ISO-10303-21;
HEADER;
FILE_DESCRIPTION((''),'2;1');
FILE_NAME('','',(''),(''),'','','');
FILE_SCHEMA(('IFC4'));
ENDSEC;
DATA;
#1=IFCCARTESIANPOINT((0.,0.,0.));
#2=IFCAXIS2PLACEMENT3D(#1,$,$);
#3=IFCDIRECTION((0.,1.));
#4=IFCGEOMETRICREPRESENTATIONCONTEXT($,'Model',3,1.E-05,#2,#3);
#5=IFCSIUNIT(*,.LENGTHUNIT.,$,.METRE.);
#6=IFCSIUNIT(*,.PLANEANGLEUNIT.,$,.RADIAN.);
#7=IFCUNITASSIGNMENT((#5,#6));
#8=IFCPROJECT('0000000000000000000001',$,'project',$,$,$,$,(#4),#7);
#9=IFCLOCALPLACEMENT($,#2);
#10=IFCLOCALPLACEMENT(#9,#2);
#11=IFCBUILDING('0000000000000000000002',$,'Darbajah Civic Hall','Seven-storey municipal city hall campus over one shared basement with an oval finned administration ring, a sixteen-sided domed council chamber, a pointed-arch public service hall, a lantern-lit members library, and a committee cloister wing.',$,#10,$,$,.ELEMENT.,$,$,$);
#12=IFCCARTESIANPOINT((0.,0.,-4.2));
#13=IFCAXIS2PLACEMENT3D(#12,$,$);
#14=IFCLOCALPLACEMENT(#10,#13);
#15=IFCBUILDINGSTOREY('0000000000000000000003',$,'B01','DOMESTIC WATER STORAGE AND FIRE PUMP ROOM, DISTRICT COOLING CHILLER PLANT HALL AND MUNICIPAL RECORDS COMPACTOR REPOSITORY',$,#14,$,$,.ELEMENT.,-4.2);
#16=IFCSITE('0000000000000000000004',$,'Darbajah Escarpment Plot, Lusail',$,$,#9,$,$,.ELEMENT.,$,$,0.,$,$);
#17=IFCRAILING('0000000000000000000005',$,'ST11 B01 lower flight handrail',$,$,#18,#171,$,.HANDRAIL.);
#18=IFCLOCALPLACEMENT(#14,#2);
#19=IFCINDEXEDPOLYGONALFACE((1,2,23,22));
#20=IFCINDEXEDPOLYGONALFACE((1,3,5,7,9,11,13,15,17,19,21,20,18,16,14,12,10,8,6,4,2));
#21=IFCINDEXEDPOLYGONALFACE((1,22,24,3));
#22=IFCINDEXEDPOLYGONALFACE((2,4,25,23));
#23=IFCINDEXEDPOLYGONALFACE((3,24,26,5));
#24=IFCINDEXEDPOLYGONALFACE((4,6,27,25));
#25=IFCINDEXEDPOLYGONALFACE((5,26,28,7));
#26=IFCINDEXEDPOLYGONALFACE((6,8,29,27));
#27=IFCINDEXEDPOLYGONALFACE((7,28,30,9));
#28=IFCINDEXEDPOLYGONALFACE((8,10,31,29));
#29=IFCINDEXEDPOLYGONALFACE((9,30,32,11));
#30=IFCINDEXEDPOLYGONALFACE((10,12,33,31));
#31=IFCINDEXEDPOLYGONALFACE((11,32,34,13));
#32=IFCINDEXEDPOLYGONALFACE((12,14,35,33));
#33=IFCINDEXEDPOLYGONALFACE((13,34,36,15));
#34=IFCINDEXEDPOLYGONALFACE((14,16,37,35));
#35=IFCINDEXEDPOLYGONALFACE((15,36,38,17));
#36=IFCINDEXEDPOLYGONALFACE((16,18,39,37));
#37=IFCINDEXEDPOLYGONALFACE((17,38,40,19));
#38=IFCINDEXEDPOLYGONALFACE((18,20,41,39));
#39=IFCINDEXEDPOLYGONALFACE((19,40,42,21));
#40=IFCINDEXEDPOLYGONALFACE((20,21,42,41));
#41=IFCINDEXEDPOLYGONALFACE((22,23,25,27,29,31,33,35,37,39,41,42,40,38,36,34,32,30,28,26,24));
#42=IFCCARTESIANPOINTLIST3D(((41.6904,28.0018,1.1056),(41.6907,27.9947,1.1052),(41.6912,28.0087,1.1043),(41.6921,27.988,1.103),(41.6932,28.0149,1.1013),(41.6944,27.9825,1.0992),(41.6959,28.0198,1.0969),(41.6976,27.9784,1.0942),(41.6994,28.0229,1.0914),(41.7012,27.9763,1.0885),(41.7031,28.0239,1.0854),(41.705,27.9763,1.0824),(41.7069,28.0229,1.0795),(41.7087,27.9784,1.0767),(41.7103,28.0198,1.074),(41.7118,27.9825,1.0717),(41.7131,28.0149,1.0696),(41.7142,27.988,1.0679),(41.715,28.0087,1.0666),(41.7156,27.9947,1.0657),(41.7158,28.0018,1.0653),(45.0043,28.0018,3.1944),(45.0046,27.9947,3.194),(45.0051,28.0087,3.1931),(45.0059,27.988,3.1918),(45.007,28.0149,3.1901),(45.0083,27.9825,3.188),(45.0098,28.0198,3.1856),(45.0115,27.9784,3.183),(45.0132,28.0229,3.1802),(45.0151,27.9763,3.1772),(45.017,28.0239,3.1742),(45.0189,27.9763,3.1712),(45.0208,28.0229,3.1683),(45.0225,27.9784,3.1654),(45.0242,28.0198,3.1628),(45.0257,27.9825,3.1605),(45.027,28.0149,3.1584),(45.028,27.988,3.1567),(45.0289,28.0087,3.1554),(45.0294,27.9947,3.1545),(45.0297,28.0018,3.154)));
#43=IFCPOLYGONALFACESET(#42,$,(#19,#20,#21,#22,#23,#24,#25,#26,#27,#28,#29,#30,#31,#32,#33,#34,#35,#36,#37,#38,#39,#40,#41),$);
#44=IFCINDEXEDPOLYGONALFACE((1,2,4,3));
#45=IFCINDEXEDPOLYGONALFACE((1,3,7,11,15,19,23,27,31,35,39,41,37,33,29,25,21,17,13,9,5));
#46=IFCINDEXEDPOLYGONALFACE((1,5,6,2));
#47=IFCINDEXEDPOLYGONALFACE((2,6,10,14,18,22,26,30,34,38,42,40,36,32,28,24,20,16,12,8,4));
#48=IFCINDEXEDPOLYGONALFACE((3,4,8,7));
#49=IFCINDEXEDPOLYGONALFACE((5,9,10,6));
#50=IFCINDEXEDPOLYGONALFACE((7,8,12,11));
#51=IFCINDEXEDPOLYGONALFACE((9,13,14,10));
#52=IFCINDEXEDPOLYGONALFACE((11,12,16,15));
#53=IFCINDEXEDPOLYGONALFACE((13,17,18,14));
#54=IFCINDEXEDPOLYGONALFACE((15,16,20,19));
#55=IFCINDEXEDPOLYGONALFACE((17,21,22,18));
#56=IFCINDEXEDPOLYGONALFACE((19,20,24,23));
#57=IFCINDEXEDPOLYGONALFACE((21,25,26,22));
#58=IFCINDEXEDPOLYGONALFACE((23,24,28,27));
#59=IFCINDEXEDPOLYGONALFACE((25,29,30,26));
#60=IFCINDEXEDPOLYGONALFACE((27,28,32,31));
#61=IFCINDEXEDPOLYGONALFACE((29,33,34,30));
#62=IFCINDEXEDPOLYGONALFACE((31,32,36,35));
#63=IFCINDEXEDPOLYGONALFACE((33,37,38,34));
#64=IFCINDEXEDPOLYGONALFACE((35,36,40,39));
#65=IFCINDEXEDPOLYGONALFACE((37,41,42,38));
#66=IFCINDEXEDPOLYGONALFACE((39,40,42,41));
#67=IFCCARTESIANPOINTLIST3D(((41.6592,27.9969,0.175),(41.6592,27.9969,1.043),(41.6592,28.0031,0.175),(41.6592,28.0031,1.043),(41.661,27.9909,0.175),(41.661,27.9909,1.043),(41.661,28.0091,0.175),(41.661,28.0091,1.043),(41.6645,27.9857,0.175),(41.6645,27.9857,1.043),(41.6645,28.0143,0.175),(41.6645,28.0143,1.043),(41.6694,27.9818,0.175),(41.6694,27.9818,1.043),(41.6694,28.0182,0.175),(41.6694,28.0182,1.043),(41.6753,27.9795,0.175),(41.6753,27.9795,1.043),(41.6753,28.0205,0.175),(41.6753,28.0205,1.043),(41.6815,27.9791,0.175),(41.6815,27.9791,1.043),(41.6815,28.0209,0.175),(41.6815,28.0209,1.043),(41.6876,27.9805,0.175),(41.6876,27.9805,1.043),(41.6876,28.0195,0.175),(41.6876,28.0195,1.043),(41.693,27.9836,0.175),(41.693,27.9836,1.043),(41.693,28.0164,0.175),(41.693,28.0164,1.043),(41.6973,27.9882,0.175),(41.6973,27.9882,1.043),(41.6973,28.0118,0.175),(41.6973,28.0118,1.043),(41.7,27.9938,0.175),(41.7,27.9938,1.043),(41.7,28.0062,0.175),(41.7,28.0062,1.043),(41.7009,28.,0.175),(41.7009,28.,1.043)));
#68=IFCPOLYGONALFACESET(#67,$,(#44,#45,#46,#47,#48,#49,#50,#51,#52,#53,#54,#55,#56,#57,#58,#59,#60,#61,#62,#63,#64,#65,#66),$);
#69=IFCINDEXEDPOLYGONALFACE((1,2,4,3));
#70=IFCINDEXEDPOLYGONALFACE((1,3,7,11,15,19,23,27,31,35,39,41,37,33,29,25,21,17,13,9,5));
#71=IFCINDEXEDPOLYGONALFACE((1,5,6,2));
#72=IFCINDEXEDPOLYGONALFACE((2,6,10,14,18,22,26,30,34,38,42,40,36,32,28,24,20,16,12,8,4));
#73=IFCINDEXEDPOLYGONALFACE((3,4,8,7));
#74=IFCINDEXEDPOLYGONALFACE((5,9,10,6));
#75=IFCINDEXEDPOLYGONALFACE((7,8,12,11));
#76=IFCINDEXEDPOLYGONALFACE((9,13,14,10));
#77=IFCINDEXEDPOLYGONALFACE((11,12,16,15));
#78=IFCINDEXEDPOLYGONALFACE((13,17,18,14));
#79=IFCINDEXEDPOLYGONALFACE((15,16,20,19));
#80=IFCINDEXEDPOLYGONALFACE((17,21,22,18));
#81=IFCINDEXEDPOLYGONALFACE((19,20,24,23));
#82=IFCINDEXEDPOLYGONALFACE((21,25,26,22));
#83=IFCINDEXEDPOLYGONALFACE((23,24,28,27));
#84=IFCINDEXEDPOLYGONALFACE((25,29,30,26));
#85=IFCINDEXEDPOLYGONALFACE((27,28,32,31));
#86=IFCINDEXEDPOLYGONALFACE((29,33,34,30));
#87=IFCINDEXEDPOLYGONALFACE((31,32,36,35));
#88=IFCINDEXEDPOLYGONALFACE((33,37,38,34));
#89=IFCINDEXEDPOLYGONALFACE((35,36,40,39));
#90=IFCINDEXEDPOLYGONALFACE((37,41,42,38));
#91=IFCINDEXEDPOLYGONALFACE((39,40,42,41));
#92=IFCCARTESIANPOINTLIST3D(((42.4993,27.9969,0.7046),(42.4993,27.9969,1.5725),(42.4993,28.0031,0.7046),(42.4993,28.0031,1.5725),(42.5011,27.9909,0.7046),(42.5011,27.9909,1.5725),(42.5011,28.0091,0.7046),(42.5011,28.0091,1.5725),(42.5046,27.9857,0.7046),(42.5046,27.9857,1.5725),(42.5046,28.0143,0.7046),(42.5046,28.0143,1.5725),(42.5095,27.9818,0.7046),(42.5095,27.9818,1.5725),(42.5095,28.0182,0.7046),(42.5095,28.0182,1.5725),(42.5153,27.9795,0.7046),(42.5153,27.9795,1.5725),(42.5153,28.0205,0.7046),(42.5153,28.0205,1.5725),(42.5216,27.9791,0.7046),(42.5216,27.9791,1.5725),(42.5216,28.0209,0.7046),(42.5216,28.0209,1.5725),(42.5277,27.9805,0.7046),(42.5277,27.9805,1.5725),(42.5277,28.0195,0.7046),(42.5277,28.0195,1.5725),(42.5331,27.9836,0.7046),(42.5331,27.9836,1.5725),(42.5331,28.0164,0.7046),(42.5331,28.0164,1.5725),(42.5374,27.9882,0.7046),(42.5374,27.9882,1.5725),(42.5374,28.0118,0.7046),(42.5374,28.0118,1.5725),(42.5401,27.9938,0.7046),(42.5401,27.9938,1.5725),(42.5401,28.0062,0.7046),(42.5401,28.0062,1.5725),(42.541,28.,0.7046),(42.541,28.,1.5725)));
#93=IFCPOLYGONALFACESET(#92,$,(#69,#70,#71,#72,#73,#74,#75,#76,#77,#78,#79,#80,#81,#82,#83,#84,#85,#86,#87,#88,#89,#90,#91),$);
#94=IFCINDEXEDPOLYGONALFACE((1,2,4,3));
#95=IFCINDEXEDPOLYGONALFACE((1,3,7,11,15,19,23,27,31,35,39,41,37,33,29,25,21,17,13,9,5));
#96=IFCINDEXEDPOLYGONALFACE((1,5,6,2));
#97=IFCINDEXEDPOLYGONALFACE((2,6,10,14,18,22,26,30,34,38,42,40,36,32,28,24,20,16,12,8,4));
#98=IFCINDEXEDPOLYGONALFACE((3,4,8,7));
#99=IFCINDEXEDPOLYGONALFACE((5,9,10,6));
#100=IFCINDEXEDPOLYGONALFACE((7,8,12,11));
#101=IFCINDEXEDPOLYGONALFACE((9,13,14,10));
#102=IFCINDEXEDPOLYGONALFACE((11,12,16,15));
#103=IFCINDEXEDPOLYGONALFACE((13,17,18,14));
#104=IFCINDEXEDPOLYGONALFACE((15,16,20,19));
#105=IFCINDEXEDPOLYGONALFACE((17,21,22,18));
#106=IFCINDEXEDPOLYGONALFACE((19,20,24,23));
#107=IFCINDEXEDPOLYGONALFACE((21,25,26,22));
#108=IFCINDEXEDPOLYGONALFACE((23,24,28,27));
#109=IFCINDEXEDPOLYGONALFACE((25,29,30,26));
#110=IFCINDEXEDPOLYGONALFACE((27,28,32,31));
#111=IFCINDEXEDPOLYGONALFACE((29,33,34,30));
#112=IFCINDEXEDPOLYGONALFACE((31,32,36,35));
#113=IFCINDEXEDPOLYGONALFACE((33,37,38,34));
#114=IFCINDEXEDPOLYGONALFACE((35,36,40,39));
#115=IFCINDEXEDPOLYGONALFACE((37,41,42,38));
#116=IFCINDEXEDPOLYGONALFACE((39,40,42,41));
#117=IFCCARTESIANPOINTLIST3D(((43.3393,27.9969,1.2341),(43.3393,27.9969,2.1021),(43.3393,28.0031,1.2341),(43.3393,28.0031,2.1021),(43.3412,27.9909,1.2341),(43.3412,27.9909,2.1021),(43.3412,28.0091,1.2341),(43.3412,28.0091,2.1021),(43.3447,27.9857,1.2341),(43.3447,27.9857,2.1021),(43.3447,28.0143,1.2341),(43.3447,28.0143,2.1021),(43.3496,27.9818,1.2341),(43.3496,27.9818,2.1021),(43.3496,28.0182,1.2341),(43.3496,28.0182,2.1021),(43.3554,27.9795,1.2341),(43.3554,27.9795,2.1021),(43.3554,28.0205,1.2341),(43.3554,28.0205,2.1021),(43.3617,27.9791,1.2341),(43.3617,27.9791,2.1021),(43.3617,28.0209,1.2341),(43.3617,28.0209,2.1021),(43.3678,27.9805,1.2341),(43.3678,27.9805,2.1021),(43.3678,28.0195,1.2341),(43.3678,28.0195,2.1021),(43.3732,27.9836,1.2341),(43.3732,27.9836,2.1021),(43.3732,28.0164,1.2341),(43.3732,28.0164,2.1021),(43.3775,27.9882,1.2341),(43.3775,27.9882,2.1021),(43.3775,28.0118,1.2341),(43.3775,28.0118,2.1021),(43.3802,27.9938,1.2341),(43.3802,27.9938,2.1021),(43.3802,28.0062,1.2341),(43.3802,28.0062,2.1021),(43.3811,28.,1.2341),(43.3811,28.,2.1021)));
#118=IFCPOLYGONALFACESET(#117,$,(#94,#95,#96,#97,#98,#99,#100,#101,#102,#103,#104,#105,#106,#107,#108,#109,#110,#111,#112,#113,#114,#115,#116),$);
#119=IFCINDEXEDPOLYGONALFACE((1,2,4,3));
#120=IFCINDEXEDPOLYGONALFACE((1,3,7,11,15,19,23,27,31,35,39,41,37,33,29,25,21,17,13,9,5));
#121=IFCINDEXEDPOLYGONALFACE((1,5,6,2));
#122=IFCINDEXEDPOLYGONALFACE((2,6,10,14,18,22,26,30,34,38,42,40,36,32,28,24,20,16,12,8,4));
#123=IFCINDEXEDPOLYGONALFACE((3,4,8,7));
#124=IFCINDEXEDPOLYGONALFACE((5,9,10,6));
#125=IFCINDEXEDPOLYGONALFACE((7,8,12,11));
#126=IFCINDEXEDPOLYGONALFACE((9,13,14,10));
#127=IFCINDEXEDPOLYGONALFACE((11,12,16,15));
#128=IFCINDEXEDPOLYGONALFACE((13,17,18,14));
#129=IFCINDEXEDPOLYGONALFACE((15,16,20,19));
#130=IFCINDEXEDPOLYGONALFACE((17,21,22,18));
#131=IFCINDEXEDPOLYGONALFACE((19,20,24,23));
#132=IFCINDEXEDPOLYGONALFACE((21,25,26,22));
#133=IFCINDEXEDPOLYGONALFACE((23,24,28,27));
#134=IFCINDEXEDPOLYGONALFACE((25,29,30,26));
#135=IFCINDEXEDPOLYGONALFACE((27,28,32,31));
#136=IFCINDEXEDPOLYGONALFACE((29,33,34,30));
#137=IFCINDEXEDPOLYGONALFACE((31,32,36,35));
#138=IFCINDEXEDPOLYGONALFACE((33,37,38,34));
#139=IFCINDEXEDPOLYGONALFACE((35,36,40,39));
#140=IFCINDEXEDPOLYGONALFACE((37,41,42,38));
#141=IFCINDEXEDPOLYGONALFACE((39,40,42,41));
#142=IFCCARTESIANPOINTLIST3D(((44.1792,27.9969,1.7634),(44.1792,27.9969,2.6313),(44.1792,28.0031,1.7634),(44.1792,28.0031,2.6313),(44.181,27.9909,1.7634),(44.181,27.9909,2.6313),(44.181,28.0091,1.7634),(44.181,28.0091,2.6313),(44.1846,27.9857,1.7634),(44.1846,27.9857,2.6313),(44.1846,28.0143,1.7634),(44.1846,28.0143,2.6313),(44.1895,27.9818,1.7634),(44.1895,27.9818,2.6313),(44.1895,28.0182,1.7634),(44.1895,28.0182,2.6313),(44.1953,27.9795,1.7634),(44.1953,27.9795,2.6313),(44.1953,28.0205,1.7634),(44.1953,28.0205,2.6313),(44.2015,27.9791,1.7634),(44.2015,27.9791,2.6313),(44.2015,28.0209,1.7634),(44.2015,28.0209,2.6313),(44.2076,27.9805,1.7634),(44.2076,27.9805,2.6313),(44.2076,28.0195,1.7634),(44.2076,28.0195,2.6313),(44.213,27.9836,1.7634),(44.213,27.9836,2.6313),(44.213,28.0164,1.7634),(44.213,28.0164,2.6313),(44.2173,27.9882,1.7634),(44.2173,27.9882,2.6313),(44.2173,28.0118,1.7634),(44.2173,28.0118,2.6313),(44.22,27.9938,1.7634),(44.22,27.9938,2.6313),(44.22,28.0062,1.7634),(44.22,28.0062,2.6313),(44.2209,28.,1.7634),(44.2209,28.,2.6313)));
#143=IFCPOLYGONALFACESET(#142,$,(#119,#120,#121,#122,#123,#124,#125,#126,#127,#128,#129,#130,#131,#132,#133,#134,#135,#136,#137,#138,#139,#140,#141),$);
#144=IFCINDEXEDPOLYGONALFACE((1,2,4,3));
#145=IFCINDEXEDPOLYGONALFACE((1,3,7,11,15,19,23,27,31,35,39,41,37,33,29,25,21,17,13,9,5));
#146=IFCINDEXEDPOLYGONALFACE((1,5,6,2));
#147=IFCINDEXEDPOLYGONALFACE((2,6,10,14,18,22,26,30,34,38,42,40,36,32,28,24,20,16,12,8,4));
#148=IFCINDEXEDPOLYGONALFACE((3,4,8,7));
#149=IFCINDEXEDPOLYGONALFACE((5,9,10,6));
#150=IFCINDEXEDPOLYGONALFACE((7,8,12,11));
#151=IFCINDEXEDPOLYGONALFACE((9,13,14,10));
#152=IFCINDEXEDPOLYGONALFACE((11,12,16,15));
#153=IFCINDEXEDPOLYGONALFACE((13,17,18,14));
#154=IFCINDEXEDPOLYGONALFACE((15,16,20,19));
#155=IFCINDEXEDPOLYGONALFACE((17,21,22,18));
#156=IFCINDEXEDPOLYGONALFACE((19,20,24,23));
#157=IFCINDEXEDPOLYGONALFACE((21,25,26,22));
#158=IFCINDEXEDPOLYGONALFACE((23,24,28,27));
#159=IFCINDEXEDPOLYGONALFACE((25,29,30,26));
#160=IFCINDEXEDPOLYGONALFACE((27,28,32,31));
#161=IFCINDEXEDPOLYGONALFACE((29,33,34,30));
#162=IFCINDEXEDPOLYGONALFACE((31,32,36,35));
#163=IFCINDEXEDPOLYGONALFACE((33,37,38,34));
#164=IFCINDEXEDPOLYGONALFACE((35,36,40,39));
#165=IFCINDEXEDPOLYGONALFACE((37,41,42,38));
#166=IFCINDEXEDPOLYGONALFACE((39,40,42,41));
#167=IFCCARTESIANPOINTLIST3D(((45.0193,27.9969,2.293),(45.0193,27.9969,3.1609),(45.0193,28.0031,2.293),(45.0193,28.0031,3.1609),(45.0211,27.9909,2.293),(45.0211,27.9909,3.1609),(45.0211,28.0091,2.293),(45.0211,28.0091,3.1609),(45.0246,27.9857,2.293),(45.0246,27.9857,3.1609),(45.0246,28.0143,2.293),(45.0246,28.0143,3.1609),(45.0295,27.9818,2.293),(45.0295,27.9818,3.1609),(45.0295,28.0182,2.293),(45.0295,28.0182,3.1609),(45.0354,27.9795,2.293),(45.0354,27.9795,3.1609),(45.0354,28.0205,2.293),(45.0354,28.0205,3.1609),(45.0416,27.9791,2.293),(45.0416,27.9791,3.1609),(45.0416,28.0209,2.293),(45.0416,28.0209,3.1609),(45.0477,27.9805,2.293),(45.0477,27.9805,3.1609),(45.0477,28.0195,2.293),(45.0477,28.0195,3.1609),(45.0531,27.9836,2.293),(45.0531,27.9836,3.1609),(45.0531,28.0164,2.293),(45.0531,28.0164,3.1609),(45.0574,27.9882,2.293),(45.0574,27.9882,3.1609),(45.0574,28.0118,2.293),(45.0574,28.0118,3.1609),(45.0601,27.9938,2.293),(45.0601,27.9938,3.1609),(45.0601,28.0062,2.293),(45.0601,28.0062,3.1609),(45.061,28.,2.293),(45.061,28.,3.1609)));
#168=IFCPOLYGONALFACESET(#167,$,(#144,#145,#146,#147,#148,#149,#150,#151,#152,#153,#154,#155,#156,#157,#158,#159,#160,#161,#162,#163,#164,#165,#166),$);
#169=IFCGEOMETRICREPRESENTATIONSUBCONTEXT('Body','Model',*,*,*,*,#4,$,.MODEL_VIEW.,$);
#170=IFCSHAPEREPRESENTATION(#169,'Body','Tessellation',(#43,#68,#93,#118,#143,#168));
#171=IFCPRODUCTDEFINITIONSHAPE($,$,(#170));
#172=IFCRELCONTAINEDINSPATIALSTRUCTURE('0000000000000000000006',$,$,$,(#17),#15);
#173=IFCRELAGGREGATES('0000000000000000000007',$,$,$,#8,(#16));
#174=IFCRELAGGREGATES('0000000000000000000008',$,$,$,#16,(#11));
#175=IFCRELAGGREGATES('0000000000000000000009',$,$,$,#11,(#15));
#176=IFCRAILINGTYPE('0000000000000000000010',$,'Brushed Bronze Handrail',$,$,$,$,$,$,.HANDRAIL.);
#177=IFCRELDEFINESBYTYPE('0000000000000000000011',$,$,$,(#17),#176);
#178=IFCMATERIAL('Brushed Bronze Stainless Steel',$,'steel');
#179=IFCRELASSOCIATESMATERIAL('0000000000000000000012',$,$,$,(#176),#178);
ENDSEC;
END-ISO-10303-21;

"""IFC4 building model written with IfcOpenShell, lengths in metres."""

from ifc_helpers import new_model, si_unit, direction, frame, origin, origin_2d, place, context, subcontext, project, spatial, circle, extrude, material, type_object, element, save


model = new_model("IFC4")

# Units and contexts
model_context = context("Model", 3, precision=1e-05, world=origin(), true_north=direction((0.0, 1.0)))
body_context = subcontext(model_context, "Body", "Model", "MODEL_VIEW")
ifc_project = project(units=[si_unit("LENGTHUNIT", "METRE"), si_unit("PLANEANGLEUNIT", "RADIAN")], contexts=[model_context])

# Site, building, storey
site_placement = place(None, origin())
site = spatial("IfcSite", under=ifc_project, at=site_placement, Name="Darbajah Escarpment Plot, Lusail", CompositionType="ELEMENT", RefElevation=0.0)
building_placement = place(site_placement, origin())
building = spatial("IfcBuilding", under=site, at=building_placement, Name="Darbajah Civic Hall", Description="Seven-storey municipal city hall campus over one shared basement with an oval finned administration ring, a sixteen-sided domed council chamber, a pointed-arch public service hall, a lantern-lit members library, and a committee cloister wing.", CompositionType="ELEMENT")
storey_placement = place(building_placement, frame((0.0, 0.0, -4.2)))
storey = spatial("IfcBuildingStorey", under=building, at=storey_placement, Name="B01", Description="DOMESTIC WATER STORAGE AND FIRE PUMP ROOM, DISTRICT COOLING CHILLER PLANT HALL AND MUNICIPAL RECORDS COMPACTOR REPOSITORY", CompositionType="ELEMENT", Elevation=-4.2)

# Railing
ifc_material_1 = material(Name="Brushed Bronze Stainless Steel", Category="steel")
railing_type = type_object("IfcRailingType", Name="Brushed Bronze Handrail", PredefinedType="HANDRAIL", material=ifc_material_1)
railing_placement = place(storey_placement, frame((41.6799, 28.0, 0.175)))
element("IfcRailing", 1, at=railing_placement, inside=storey, type_object=railing_type, Name="ST11 B01 lower flight handrail", PredefinedType="HANDRAIL", context=body_context, shape_type="SweptSolid", body=[
    extrude(circle(Radius=0.0239, at=origin_2d()), frame((0.0232, 0.0, 0.9104), z_axis=(0.845972, 0.0, 0.533227), x_axis=(0.0, 1.0, 0.0)), (0.0, 0.0, 1.0), 3.9172),
    extrude(circle(Radius=0.021, at=origin_2d()), origin(), (0.0, 0.0, 1.0), 0.8679),
    extrude(circle(Radius=0.021, at=origin_2d()), frame((0.8401, 0.0, 0.5295)), (0.0, 0.0, 1.0), 0.8679),
    extrude(circle(Radius=0.021, at=origin_2d()), frame((1.6802, 0.0, 1.0591)), (0.0, 0.0, 1.0), 0.8679),
    extrude(circle(Radius=0.021, at=origin_2d()), frame((2.52, 0.0, 1.5884)), (0.0, 0.0, 1.0), 0.8679),
    extrude(circle(Radius=0.021, at=origin_2d()), frame((3.3601, 0.0, 2.1179)), (0.0, 0.0, 1.0), 0.8679),
])

save(model, "model.ifc")
